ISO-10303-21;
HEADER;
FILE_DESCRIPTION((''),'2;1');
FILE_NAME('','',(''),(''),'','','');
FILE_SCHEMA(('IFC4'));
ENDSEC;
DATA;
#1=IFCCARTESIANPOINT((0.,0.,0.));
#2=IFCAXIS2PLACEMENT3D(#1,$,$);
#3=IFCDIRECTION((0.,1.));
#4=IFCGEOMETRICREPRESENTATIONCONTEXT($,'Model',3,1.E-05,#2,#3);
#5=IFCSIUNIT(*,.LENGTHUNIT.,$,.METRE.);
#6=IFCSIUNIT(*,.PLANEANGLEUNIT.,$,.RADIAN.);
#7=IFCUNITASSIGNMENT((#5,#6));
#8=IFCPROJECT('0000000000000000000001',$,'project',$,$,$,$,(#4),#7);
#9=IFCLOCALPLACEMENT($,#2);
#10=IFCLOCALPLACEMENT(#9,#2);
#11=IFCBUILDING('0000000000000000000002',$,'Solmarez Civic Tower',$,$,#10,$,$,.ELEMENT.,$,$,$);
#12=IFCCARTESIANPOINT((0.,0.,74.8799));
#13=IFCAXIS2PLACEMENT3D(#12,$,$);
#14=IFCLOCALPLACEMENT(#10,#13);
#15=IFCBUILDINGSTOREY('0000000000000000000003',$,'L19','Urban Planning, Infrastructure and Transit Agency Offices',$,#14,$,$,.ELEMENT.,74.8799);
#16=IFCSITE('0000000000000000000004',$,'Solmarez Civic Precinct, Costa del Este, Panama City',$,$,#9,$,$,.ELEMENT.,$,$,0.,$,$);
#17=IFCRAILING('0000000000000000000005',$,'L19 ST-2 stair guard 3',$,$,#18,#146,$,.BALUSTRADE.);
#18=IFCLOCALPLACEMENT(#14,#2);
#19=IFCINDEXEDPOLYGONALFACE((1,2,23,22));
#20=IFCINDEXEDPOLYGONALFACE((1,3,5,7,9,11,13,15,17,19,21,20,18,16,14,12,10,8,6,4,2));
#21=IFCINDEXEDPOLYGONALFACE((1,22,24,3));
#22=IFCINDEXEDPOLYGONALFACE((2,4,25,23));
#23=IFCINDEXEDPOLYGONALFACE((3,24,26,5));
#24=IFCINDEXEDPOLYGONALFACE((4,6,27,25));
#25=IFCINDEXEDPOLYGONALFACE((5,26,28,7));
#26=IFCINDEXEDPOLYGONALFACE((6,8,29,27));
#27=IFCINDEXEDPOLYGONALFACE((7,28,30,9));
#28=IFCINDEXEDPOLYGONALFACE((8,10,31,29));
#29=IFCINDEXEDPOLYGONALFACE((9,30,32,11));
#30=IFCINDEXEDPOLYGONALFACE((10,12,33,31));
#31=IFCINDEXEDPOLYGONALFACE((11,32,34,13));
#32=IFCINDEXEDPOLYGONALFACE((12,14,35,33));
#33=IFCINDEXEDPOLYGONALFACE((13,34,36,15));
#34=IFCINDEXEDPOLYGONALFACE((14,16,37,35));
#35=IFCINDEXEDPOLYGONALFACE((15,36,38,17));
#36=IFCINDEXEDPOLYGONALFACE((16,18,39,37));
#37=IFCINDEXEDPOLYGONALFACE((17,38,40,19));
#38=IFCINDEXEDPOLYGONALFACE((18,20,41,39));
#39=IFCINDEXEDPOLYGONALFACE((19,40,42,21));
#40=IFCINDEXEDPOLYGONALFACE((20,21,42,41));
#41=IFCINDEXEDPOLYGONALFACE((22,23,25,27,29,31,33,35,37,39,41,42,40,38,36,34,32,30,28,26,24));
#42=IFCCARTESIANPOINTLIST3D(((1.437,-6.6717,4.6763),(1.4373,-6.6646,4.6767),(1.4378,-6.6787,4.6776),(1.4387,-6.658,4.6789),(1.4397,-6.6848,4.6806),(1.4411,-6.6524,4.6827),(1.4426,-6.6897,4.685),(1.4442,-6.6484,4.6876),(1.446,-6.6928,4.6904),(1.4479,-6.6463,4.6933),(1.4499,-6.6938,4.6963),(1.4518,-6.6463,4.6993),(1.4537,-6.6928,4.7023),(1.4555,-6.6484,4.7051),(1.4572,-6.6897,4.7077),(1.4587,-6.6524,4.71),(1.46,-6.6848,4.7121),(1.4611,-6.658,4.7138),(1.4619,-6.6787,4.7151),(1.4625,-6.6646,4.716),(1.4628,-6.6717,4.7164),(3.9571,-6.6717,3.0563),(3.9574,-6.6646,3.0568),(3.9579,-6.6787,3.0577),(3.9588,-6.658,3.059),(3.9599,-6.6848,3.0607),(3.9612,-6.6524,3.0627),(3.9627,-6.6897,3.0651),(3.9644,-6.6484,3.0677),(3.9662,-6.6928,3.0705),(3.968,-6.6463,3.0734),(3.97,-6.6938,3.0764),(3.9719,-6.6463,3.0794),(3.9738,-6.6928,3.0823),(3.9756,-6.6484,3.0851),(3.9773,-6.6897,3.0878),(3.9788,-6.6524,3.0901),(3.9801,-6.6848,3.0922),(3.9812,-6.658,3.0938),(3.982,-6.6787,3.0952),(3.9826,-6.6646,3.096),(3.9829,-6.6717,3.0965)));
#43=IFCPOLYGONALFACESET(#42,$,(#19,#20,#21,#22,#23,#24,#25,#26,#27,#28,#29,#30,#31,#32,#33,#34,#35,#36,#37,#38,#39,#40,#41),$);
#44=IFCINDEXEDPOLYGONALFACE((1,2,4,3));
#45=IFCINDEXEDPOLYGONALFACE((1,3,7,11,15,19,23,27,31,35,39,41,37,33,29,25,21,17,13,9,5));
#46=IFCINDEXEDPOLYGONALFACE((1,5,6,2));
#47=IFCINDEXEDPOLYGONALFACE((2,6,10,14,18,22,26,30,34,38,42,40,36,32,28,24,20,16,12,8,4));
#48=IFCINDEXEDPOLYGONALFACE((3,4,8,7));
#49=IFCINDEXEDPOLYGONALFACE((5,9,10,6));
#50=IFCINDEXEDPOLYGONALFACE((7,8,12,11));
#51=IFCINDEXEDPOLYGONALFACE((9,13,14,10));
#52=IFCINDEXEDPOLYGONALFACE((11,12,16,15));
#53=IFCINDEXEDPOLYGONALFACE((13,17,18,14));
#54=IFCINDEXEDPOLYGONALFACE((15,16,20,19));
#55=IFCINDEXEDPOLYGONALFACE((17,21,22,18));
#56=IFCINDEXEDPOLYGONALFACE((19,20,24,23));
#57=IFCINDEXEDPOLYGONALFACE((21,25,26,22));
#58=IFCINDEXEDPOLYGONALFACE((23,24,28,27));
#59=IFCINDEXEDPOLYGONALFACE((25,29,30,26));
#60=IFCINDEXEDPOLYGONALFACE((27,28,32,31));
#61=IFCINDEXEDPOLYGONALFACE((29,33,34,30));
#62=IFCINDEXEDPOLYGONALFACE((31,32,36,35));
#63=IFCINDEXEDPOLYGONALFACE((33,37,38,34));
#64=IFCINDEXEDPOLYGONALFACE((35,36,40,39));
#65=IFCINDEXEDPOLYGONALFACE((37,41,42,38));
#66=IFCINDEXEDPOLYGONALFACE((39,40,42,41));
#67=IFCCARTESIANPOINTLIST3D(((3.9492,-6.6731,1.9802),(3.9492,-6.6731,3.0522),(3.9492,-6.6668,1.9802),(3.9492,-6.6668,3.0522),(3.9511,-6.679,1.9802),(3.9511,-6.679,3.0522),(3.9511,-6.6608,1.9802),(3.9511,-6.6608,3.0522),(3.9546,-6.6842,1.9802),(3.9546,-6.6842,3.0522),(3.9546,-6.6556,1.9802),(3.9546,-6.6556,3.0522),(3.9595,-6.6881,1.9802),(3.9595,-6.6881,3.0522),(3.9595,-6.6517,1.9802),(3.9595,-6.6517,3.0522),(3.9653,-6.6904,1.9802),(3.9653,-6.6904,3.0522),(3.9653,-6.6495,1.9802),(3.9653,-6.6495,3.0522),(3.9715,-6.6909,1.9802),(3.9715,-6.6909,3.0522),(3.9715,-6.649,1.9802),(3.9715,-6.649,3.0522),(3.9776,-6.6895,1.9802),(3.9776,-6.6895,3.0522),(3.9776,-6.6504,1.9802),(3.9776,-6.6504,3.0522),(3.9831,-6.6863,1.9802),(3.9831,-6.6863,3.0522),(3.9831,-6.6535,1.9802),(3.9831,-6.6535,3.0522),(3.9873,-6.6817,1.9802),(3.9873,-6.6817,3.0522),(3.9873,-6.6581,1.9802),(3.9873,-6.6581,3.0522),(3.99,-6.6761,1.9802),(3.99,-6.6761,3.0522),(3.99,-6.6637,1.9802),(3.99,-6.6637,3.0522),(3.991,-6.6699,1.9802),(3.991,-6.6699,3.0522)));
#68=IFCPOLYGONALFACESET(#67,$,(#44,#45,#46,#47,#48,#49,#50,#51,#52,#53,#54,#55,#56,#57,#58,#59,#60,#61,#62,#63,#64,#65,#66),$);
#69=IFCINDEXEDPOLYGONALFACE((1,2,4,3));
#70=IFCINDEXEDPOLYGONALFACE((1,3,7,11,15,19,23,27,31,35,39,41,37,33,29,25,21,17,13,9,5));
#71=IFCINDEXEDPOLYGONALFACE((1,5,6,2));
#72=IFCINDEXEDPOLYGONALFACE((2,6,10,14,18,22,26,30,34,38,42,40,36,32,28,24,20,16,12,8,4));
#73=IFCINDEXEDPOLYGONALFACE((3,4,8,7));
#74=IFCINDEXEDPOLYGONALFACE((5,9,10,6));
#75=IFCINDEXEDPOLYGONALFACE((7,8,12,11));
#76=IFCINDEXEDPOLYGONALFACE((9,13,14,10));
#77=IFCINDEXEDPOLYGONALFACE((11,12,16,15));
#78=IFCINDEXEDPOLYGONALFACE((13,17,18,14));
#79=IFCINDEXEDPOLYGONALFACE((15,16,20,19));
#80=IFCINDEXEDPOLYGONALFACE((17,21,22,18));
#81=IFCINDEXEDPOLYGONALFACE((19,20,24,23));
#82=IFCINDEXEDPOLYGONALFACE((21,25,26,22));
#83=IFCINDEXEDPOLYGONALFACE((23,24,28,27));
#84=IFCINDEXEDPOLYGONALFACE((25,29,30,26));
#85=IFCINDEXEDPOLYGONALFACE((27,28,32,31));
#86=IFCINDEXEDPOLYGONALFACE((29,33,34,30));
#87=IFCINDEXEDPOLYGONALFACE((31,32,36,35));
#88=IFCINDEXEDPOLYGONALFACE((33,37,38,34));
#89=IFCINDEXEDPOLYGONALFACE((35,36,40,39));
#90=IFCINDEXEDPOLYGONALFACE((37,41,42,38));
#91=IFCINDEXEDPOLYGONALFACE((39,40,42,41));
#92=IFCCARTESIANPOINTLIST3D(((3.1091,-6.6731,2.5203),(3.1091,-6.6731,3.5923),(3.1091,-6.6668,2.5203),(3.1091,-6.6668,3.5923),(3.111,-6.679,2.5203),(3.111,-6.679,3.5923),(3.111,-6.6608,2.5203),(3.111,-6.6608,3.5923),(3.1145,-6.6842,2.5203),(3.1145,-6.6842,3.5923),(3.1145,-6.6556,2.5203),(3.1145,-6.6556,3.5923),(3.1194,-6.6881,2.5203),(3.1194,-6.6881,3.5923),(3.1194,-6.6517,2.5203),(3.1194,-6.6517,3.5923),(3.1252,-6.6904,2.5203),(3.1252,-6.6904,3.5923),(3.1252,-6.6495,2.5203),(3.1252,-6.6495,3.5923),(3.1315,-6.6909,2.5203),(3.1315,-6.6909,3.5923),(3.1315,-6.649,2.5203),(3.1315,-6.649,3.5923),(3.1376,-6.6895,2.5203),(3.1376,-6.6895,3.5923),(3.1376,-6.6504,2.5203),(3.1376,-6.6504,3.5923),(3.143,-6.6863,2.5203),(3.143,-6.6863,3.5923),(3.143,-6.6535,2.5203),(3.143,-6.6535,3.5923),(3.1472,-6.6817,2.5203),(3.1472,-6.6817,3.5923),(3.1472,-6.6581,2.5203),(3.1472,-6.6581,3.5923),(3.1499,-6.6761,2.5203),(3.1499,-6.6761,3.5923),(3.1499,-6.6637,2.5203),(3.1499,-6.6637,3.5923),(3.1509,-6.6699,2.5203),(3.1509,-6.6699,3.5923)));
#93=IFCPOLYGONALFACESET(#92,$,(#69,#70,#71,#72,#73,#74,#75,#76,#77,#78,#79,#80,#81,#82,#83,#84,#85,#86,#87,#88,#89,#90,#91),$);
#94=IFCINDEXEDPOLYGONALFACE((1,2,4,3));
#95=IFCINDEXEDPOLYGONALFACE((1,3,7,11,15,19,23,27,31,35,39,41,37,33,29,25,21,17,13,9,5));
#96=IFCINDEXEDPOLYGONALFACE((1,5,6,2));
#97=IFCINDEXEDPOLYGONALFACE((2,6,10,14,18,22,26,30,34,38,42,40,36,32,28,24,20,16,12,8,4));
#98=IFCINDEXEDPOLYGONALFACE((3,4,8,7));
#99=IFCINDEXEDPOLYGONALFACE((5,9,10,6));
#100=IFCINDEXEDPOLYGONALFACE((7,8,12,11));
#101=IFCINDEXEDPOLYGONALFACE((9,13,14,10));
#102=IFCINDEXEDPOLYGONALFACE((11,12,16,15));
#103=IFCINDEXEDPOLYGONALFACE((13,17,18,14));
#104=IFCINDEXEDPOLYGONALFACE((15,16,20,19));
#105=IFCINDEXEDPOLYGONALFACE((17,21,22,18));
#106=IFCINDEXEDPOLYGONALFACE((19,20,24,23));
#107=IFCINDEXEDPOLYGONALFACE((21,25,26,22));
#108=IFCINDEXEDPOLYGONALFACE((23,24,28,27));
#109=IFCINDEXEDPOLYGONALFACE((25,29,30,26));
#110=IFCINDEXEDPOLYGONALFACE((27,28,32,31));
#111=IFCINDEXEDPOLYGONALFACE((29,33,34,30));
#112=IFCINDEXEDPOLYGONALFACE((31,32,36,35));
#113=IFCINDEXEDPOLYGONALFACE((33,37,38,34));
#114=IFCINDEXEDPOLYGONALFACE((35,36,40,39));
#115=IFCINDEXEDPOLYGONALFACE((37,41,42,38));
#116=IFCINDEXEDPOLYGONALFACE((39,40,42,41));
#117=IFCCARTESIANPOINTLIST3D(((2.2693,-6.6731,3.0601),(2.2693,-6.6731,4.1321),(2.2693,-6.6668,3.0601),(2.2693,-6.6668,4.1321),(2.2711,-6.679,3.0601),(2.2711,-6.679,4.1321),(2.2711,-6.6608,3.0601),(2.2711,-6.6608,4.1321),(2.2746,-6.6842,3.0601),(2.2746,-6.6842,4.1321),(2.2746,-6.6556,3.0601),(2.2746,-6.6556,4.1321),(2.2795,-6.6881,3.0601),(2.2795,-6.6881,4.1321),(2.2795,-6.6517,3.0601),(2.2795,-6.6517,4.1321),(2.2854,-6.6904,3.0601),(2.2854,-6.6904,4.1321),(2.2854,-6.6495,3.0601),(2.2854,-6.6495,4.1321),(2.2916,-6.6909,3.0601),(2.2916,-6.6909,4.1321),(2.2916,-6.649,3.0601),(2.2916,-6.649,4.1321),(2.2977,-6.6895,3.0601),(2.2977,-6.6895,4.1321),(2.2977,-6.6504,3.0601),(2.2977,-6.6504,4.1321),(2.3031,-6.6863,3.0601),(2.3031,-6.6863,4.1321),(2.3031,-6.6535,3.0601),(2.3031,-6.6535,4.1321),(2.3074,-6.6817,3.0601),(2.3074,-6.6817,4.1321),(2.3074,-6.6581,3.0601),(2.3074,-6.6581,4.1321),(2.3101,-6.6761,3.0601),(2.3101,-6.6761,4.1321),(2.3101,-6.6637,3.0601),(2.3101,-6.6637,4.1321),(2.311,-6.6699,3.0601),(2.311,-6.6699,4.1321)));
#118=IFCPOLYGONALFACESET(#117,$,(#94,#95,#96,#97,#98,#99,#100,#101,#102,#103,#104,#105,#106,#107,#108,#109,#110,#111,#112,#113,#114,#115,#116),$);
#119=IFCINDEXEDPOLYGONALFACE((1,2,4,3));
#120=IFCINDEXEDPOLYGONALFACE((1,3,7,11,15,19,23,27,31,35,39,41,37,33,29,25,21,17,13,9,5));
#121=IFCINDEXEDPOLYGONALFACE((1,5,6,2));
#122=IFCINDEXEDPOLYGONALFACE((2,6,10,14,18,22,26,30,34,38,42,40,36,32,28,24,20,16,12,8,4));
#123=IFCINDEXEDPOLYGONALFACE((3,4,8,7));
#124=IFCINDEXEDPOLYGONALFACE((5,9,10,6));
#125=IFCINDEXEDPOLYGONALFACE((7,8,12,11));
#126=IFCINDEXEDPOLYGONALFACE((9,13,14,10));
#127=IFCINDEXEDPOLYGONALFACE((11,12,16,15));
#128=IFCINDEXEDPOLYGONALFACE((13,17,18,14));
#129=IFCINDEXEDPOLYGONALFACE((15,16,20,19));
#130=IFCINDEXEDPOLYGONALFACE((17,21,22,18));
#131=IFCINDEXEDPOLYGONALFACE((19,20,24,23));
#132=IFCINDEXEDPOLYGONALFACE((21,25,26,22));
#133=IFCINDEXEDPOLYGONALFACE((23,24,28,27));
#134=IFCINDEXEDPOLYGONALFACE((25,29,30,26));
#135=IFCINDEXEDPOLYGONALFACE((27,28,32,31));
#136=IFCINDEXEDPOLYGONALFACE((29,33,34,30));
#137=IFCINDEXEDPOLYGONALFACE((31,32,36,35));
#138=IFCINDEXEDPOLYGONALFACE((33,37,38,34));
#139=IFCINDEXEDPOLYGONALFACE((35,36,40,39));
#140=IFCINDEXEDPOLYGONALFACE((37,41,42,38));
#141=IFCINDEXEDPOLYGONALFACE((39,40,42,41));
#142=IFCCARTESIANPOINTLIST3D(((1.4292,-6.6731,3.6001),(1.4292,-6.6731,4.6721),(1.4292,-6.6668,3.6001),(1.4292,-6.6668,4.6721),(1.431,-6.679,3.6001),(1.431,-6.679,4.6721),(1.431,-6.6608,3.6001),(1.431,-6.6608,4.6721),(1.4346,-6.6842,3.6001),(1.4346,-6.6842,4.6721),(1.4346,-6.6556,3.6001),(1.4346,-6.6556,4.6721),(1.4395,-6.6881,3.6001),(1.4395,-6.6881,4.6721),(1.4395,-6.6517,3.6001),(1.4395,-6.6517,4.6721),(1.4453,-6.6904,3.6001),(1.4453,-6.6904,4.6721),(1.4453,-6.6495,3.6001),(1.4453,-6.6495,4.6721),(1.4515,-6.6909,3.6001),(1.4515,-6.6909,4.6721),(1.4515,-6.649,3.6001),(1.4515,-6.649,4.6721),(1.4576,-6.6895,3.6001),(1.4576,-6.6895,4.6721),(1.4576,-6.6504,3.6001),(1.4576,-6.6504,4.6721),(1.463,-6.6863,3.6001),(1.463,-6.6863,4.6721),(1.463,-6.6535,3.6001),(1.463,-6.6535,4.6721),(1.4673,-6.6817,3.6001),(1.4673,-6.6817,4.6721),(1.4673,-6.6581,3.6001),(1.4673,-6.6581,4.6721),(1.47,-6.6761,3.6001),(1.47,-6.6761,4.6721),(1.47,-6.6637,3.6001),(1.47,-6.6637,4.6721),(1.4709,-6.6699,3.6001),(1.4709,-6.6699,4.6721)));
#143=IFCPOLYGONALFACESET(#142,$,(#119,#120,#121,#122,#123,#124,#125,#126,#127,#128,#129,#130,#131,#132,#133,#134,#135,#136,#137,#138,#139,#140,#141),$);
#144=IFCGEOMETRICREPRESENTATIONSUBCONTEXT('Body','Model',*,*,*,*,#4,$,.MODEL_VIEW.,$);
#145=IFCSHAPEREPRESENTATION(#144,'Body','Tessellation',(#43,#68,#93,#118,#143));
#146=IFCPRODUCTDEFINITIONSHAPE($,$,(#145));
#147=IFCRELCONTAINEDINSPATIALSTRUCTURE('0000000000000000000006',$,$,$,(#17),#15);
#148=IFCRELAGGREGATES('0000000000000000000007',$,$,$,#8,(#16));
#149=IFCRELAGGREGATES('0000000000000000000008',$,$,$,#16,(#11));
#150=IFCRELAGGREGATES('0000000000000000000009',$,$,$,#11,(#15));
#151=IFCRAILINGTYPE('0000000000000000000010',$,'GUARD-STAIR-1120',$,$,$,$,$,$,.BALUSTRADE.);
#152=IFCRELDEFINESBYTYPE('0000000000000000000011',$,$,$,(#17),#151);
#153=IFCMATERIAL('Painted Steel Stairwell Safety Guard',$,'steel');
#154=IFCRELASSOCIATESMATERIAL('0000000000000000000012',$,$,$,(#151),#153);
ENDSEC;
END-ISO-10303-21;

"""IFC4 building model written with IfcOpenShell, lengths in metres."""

from ifc_helpers import new_model, si_unit, direction, frame, origin, origin_2d, place, context, subcontext, project, spatial, circle, extrude, material, type_object, element, save


model = new_model("IFC4")

# Units and contexts
model_context = context("Model", 3, precision=1e-05, world=origin(), true_north=direction((0.0, 1.0)))
body_context = subcontext(model_context, "Body", "Model", "MODEL_VIEW")
ifc_project = project(units=[si_unit("LENGTHUNIT", "METRE"), si_unit("PLANEANGLEUNIT", "RADIAN")], contexts=[model_context])

# Site, building, storey
site_placement = place(None, origin())
site = spatial("IfcSite", under=ifc_project, at=site_placement, Name="Solmarez Civic Precinct, Costa del Este, Panama City", CompositionType="ELEMENT", RefElevation=0.0)
building_placement = place(site_placement, origin())
building = spatial("IfcBuilding", under=site, at=building_placement, Name="Solmarez Civic Tower", CompositionType="ELEMENT")
storey_placement = place(building_placement, frame((0.0, 0.0, 74.8799)))
storey = spatial("IfcBuildingStorey", under=building, at=storey_placement, Name="L19", Description="Urban Planning, Infrastructure and Transit Agency Offices", CompositionType="ELEMENT", Elevation=74.8799)

# Railing
ifc_material_1 = material(Name="Painted Steel Stairwell Safety Guard", Category="steel")
railing_type_1 = type_object("IfcRailingType", Name="GUARD-STAIR-1120", PredefinedType="BALUSTRADE", material=ifc_material_1)
railing_1_placement = place(storey_placement, frame((3.97, -6.6699, 1.9802)))
element("IfcRailing", 1, at=railing_1_placement, inside=storey, type_object=railing_type_1, Name="L19 ST-2 stair guard 3", PredefinedType="BALUSTRADE", context=body_context, shape_type="SweptSolid", body=[
    extrude(circle(Radius=0.0239, at=origin_2d()), frame((0.0, 0.0, 1.0962), z_axis=(-0.8412, 0.0, 0.540725), x_axis=(0.0, -1.0, 0.0)), (0.0, 0.0, 1.0), 2.9958),
    extrude(circle(Radius=0.021, at=origin_2d()), origin(), (0.0, 0.0, 1.0), 1.072),
    extrude(circle(Radius=0.021, at=origin_2d()), frame((-0.8401, 0.0, 0.54)), (0.0, 0.0, 1.0), 1.072),
    extrude(circle(Radius=0.021, at=origin_2d()), frame((-1.6799, 0.0, 1.0798)), (0.0, 0.0, 1.0), 1.072),
    extrude(circle(Radius=0.021, at=origin_2d()), frame((-2.52, 0.0, 1.6199)), (0.0, 0.0, 1.0), 1.072),
])

save(model, "model.ifc")
